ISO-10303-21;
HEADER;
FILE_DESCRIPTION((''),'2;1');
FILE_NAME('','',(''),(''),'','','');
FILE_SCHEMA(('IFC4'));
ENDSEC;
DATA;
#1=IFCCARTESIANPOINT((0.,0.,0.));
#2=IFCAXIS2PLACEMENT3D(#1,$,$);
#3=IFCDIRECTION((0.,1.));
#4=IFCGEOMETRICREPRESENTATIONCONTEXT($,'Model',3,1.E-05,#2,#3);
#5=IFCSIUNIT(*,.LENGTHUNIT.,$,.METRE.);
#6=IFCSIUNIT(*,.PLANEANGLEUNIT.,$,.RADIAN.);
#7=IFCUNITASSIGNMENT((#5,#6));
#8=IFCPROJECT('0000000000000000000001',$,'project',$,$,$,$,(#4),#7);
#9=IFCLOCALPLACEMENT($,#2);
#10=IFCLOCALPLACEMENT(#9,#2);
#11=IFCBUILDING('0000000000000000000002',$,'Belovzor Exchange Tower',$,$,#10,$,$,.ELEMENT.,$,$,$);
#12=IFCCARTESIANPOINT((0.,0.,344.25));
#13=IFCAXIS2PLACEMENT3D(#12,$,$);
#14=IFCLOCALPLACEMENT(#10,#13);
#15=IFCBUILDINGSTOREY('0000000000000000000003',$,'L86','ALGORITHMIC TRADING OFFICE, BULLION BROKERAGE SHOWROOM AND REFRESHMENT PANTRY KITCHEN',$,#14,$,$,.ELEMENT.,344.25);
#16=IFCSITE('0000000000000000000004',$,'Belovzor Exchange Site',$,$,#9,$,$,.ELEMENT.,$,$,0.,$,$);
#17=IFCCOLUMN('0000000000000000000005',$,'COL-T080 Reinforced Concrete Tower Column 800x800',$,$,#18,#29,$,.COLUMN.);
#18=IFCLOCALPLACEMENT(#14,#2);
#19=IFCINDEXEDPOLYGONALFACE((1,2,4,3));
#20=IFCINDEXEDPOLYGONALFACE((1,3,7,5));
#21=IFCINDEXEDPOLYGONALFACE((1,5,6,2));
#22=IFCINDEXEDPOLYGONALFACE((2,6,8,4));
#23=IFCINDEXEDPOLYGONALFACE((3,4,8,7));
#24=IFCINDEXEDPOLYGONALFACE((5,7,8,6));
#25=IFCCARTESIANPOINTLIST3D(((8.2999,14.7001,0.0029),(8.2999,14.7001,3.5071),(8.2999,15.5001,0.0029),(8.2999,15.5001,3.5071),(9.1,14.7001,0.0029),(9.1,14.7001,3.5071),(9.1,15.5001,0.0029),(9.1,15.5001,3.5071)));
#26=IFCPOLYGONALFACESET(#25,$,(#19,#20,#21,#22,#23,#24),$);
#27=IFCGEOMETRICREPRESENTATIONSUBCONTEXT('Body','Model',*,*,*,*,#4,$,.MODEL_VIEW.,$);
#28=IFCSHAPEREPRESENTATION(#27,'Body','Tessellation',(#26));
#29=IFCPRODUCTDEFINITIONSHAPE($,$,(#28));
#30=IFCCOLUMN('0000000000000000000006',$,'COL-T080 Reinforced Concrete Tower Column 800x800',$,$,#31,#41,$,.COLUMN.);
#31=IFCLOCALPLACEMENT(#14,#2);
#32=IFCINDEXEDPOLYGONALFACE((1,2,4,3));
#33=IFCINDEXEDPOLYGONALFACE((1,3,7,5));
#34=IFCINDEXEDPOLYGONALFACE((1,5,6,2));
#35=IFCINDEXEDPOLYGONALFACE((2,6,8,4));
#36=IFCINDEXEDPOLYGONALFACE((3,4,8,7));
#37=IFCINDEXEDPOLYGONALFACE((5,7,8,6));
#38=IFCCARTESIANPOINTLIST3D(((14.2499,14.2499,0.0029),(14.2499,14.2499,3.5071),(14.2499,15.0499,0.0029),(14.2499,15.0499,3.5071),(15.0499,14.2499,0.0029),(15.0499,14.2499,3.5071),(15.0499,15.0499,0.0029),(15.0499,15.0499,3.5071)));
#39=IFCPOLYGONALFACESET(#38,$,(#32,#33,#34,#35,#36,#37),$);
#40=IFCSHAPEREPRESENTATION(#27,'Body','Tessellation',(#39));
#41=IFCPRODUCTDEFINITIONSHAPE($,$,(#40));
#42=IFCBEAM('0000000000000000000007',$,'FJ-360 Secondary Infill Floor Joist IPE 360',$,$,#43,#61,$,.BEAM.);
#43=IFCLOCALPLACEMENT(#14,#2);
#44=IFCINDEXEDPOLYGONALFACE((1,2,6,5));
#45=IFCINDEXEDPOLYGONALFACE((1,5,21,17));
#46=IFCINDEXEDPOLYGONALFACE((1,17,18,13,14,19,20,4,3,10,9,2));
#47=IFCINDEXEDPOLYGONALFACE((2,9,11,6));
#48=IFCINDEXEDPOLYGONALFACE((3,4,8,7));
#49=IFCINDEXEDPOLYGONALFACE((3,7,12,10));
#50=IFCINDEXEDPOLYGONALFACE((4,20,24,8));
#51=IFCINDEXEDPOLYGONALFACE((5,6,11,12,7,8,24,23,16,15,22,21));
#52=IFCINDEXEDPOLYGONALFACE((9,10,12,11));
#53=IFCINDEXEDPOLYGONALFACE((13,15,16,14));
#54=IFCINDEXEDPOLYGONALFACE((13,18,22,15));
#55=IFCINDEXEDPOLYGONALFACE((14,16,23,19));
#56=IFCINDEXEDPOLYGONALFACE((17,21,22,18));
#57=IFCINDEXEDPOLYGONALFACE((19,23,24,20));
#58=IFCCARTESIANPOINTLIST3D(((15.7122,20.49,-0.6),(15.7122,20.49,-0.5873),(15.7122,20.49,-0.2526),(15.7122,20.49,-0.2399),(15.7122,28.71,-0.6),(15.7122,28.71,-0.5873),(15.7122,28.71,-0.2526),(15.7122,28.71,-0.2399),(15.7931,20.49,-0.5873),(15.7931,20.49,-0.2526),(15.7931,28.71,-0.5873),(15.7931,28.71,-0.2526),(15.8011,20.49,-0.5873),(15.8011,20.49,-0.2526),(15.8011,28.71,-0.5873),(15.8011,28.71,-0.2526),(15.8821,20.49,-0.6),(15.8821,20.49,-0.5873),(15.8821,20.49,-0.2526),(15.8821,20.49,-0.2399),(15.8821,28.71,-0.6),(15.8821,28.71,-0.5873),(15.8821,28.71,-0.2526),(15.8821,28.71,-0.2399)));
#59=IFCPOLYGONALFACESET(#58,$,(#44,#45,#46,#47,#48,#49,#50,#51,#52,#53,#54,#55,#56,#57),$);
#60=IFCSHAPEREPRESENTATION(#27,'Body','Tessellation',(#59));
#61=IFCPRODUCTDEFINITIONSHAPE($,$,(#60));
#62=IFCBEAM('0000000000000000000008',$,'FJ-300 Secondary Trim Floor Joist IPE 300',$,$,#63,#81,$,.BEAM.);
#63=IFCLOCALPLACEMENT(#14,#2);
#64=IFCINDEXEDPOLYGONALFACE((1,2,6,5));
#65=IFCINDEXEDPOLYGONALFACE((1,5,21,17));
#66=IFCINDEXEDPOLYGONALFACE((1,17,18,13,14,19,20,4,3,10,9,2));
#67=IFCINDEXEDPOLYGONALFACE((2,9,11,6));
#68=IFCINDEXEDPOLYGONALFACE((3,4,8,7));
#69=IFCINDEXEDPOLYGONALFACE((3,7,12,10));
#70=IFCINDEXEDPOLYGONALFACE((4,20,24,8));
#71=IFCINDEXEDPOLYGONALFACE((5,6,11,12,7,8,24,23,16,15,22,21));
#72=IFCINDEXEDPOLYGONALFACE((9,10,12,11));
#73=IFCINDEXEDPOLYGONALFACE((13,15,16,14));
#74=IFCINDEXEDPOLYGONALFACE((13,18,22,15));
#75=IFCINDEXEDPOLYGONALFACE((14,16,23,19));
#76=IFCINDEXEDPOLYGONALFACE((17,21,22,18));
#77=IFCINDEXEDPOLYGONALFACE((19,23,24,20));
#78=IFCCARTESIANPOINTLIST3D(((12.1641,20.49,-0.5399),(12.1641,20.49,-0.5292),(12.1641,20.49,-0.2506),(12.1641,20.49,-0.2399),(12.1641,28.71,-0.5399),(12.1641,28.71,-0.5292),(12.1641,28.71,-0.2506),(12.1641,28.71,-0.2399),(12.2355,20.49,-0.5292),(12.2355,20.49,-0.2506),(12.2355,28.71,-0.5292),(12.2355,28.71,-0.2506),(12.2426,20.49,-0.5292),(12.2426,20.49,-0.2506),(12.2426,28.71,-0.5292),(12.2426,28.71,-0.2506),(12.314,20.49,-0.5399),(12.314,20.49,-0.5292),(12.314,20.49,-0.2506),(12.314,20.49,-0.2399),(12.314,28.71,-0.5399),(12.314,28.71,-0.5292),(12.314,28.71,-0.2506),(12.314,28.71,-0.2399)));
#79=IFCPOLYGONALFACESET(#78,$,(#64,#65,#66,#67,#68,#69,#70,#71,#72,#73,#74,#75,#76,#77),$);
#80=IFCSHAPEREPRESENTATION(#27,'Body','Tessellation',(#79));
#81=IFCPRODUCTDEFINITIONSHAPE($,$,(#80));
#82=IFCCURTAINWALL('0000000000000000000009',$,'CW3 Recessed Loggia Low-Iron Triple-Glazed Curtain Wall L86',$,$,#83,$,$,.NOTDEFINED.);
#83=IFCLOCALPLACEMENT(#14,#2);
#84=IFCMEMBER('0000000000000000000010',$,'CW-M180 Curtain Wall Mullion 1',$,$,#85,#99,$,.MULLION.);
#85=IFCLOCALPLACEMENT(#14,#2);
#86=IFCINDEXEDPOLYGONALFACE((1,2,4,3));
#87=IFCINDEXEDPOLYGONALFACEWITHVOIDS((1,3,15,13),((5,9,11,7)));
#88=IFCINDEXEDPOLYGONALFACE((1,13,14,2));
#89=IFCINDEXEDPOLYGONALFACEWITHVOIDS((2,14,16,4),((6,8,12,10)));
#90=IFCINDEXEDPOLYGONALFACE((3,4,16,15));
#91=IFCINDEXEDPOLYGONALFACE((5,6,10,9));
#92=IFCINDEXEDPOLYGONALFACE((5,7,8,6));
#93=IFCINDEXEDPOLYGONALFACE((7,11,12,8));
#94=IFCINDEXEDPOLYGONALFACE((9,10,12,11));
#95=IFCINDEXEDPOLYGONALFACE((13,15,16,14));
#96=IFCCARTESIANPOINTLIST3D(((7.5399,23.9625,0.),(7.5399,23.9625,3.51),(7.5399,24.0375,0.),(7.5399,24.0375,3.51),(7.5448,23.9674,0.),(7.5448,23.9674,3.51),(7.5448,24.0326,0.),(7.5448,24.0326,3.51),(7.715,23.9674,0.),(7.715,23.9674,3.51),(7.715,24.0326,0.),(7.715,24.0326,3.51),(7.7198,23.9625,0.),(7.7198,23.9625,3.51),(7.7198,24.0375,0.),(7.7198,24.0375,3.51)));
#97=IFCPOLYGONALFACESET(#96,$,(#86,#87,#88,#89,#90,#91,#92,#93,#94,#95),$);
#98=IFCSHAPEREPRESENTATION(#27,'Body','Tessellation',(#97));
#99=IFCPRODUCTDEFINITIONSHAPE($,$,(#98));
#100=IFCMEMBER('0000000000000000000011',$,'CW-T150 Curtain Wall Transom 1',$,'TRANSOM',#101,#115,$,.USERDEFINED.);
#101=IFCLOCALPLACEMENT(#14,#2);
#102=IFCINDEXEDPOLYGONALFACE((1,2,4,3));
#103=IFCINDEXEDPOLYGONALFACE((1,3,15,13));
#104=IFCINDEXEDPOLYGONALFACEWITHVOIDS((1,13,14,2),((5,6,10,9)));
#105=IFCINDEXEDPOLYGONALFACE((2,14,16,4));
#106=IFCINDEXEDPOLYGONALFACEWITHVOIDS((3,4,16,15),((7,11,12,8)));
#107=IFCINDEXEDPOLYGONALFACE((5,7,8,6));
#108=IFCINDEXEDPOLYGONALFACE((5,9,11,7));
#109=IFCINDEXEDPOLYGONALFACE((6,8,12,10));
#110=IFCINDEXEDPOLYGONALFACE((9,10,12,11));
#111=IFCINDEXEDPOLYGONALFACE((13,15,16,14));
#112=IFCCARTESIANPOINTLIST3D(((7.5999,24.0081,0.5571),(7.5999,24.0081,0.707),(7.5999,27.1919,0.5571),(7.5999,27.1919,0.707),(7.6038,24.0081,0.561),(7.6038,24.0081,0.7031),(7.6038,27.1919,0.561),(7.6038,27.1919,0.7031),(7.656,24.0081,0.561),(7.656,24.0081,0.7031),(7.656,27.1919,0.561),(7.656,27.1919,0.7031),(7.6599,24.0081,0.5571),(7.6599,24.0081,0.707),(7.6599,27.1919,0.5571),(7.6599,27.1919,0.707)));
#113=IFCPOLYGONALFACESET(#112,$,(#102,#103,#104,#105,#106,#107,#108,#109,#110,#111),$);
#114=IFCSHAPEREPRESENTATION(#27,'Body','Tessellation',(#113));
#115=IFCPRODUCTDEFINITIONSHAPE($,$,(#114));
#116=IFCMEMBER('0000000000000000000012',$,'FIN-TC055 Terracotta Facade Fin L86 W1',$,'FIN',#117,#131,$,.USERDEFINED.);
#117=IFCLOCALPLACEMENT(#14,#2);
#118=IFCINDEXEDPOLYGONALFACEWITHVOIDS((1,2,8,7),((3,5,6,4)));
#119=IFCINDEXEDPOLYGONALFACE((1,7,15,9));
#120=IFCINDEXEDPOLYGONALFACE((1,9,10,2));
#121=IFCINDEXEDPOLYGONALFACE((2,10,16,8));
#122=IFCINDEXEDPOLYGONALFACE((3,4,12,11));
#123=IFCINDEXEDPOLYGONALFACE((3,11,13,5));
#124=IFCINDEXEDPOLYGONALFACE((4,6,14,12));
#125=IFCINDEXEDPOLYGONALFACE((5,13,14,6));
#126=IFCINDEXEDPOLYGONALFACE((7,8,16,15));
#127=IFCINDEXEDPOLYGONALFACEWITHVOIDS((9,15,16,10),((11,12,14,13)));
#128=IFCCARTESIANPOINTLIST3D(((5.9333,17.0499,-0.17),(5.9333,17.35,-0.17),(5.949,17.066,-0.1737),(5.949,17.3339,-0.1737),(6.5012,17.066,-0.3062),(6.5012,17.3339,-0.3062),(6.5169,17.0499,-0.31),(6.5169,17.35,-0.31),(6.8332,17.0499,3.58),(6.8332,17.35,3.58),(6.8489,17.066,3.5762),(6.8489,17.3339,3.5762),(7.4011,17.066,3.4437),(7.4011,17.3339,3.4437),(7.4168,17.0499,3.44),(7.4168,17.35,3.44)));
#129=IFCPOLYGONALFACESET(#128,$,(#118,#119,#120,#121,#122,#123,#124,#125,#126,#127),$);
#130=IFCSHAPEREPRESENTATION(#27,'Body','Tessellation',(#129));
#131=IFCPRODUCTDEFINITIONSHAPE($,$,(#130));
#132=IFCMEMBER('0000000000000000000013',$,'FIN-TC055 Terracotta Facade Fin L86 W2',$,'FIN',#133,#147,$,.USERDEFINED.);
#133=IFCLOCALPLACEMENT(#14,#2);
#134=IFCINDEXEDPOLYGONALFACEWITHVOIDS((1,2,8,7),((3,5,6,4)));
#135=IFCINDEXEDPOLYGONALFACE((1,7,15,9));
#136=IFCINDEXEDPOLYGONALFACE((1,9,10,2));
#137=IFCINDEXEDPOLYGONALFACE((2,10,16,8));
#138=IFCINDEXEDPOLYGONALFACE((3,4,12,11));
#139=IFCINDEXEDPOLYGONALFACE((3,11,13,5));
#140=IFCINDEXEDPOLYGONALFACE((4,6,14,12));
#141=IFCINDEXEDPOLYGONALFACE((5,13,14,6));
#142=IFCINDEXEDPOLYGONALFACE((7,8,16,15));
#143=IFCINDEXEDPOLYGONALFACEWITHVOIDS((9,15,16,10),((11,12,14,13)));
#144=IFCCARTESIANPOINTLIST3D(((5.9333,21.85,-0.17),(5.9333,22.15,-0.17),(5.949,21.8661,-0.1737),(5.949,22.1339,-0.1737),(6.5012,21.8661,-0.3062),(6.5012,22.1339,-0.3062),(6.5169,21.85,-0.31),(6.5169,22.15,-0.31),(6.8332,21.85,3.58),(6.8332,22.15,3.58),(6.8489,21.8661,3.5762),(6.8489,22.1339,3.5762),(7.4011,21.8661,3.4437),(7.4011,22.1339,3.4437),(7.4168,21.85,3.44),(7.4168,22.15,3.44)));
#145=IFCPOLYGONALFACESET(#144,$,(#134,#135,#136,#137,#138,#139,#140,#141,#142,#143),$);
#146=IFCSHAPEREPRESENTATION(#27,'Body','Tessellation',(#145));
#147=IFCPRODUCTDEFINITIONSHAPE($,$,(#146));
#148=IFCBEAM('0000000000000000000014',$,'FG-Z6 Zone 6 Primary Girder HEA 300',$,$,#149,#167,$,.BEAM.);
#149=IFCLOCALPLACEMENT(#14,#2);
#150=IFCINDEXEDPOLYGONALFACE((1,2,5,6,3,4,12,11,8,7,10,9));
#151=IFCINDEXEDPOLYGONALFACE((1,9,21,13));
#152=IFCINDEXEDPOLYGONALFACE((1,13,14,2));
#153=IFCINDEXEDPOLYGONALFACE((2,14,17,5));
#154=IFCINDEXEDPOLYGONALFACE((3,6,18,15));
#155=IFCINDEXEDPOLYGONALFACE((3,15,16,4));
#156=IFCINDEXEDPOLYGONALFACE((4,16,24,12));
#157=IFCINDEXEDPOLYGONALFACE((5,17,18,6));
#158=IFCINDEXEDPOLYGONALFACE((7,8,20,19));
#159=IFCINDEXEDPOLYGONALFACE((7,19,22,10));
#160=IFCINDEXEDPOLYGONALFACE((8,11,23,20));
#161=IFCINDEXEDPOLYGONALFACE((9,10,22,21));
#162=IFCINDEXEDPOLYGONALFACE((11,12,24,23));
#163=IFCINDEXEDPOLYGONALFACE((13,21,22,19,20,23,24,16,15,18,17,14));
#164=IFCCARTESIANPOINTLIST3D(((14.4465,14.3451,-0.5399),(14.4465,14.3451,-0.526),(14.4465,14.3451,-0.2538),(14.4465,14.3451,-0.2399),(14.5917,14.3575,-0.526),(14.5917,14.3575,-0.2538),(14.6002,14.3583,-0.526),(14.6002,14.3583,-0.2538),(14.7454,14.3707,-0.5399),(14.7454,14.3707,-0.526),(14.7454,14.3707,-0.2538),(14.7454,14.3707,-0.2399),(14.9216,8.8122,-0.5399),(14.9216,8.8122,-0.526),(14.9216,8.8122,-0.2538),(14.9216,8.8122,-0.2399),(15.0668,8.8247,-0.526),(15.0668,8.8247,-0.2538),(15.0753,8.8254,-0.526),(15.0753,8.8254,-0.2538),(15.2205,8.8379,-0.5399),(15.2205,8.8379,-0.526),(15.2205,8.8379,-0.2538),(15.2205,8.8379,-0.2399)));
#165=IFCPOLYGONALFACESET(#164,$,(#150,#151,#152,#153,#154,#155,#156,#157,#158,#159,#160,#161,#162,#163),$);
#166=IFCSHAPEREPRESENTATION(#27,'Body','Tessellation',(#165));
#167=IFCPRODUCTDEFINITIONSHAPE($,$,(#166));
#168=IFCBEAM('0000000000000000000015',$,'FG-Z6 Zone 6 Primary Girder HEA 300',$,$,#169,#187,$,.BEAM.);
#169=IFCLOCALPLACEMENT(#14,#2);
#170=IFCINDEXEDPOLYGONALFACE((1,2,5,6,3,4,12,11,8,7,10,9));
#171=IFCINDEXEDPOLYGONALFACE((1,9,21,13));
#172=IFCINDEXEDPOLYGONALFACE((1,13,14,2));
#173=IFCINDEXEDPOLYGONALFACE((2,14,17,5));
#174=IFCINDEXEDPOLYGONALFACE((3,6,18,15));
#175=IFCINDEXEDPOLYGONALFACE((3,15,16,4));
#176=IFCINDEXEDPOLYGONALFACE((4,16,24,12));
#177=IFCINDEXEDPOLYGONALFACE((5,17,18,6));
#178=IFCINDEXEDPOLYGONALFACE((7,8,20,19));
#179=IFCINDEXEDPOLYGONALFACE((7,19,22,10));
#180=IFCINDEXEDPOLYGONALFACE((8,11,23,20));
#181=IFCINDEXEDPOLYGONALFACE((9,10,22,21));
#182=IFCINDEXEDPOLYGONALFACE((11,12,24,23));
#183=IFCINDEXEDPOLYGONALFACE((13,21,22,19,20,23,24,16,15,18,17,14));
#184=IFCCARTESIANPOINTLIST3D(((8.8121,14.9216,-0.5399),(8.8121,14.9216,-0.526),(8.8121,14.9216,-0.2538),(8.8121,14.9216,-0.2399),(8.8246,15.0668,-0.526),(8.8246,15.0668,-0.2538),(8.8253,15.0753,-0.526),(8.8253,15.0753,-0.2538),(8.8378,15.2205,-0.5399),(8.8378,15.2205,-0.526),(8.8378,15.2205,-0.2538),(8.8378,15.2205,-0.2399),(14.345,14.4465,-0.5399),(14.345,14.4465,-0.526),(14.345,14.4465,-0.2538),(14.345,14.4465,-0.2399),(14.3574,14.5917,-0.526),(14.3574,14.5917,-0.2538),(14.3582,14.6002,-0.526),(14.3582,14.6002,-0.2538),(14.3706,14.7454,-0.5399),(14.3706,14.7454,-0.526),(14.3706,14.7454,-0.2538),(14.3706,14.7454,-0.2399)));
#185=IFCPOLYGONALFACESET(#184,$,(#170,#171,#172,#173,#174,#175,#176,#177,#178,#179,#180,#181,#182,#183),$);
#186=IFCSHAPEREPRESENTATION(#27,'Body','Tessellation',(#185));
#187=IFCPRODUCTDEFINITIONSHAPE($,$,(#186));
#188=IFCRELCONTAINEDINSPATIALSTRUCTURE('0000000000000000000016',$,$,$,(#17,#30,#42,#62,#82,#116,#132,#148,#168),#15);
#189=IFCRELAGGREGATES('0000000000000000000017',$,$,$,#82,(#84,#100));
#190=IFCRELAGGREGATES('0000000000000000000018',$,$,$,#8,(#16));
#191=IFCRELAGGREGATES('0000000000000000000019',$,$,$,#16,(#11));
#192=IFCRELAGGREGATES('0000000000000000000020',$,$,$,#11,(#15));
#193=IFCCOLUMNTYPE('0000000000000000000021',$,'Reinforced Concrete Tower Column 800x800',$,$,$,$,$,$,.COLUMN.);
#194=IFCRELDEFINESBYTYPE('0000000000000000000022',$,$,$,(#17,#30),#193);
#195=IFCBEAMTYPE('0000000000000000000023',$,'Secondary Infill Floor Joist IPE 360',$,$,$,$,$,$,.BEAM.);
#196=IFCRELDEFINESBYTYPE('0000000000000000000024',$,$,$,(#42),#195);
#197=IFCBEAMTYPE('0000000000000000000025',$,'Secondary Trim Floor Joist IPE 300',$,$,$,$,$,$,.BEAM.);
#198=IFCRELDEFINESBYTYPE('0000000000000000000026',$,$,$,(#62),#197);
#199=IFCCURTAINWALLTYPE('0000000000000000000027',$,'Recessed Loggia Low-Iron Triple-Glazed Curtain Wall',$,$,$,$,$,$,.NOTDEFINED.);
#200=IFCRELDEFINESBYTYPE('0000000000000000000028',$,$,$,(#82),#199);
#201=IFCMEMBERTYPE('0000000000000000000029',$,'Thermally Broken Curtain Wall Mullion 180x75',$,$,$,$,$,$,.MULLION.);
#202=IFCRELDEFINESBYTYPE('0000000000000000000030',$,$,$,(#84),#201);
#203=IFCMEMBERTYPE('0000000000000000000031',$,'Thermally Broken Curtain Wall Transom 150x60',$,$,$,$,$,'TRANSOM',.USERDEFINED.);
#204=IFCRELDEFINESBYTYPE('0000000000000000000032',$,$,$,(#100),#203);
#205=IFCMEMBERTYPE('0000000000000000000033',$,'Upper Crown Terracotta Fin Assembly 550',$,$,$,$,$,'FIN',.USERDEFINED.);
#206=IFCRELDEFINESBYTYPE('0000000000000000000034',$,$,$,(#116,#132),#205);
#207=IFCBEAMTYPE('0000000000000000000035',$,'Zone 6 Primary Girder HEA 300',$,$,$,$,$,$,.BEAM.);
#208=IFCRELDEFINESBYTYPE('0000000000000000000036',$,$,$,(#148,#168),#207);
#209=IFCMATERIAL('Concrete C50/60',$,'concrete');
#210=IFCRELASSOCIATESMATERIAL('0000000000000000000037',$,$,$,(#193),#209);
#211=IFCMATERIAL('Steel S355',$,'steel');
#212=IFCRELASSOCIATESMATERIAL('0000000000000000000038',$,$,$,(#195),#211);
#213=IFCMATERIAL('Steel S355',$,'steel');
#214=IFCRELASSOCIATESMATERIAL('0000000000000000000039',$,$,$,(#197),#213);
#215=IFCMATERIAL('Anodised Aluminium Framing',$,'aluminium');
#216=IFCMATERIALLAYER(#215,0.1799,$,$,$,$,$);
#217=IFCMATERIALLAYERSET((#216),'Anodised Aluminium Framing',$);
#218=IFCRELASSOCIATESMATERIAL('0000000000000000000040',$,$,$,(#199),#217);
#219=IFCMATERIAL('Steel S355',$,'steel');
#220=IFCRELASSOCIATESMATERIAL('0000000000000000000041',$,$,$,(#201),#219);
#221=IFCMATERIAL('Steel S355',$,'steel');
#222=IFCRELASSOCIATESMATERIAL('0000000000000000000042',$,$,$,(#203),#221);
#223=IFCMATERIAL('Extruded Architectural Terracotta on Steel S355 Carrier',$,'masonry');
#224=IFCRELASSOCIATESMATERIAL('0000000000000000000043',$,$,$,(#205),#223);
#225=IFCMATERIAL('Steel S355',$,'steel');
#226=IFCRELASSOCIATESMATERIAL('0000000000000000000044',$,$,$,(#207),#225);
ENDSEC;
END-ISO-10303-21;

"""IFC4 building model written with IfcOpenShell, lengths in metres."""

from ifc_helpers import new_model, si_unit, direction, frame, origin, origin_2d, place, context, subcontext, project, spatial, rectangle, hollow_rectangle, i_section, extrude, material, layer, layer_set, material_profile, profile_set, type_object, element, aggregate, save


model = new_model("IFC4")

# Units and contexts
model_context = context("Model", 3, precision=1e-05, world=origin(), true_north=direction((0.0, 1.0)))
body_context = subcontext(model_context, "Body", "Model", "MODEL_VIEW")
ifc_project = project(units=[si_unit("LENGTHUNIT", "METRE"), si_unit("PLANEANGLEUNIT", "RADIAN")], contexts=[model_context])

# Site, building, storey
site_placement = place(None, origin())
site = spatial("IfcSite", under=ifc_project, at=site_placement, Name="Belovzor Exchange Site", CompositionType="ELEMENT", RefElevation=0.0)
building_placement = place(site_placement, origin())
building = spatial("IfcBuilding", under=site, at=building_placement, Name="Belovzor Exchange Tower", CompositionType="ELEMENT")
storey_placement = place(building_placement, frame((0.0, 0.0, 344.25)))
storey = spatial("IfcBuildingStorey", under=building, at=storey_placement, Name="L86", Description="ALGORITHMIC TRADING OFFICE, BULLION BROKERAGE SHOWROOM AND REFRESHMENT PANTRY KITCHEN", CompositionType="ELEMENT", Elevation=344.25)

# Columns
ifc_material_1 = material(Name="Concrete C50/60", Category="concrete")
ifc_material_profile_1 = material_profile(ifc_material_1, rectangle(XDim=0.8, YDim=0.8, at=origin_2d()))
ifc_profile_set_1 = profile_set([ifc_material_profile_1], Name="Concrete C50/60")
column_type = type_object("IfcColumnType", Name="Reinforced Concrete Tower Column 800x800", PredefinedType="COLUMN", material=ifc_profile_set_1)
for number, where, z_axis, x_axis, name in (
    (1, (8.7, 15.1001, 0.0029), (0.0, 0.0, 1.0), (1.0, 0.0, 0.0), "COL-T080 Reinforced Concrete Tower Column 800x800"),
    (2, (14.6499, 14.6499, 0.0029), (0.0, 0.0, 1.0), (1.0, 0.0, 0.0), "COL-T080 Reinforced Concrete Tower Column 800x800"),
):
    element("IfcColumn", number, at=place(storey_placement, frame(where, z_axis=z_axis, x_axis=x_axis)), inside=storey, type_object=column_type, Name=name, PredefinedType="COLUMN", context=body_context, shape_type="SweptSolid", body=[
        extrude(rectangle(XDim=0.8, YDim=0.8, at=origin_2d()), origin(), (0.0, 0.0, 1.0), 3.5042),
    ])

# Beams
ifc_material_2 = material(Name="Steel S355", Category="steel")
ifc_material_profile_2 = material_profile(ifc_material_2, i_section(OverallWidth=0.1699, OverallDepth=0.3601, WebThickness=0.0081, FlangeThickness=0.0127, at=origin_2d()))
ifc_profile_set_2 = profile_set([ifc_material_profile_2], Name="Steel S355")
beam_type_1 = type_object("IfcBeamType", Name="Secondary Infill Floor Joist IPE 360", PredefinedType="BEAM", material=ifc_profile_set_2)
beam_1_placement = place(storey_placement, frame((15.7971, 20.49, -0.4199), z_axis=(0.0, 1.0, 0.0), x_axis=(-1.0, 0.0, 0.0)))
element("IfcBeam", 3, at=beam_1_placement, inside=storey, type_object=beam_type_1, Name="FJ-360 Secondary Infill Floor Joist IPE 360", PredefinedType="BEAM", context=body_context, shape_type="SweptSolid", body=[
    extrude(i_section(OverallWidth=0.1699, OverallDepth=0.3601, WebThickness=0.0081, FlangeThickness=0.0127, at=origin_2d()), origin(), (0.0, 0.0, 1.0), 8.22),
])
ifc_material_3 = material(Name="Steel S355", Category="steel")
ifc_material_profile_3 = material_profile(ifc_material_3, i_section(OverallWidth=0.1499, OverallDepth=0.3, WebThickness=0.0071, FlangeThickness=0.0107, at=origin_2d()))
ifc_profile_set_3 = profile_set([ifc_material_profile_3], Name="Steel S355")
beam_type_2 = type_object("IfcBeamType", Name="Secondary Trim Floor Joist IPE 300", PredefinedType="BEAM", material=ifc_profile_set_3)
beam_2_placement = place(storey_placement, frame((12.239, 20.49, -0.3899), z_axis=(0.0, 1.0, 0.0), x_axis=(-1.0, 0.0, 0.0)))
element("IfcBeam", 4, at=beam_2_placement, inside=storey, type_object=beam_type_2, Name="FJ-300 Secondary Trim Floor Joist IPE 300", PredefinedType="BEAM", context=body_context, shape_type="SweptSolid", body=[
    extrude(i_section(OverallWidth=0.1499, OverallDepth=0.3, WebThickness=0.0071, FlangeThickness=0.0107, at=origin_2d()), origin(), (0.0, 0.0, 1.0), 8.22),
])

# Curtain wall, members
ifc_material_4 = material(Name="Anodised Aluminium Framing", Category="aluminium")
ifc_layer_1 = layer(ifc_material_4, 0.1799)
ifc_layer_set_1 = layer_set([ifc_layer_1], Name="Anodised Aluminium Framing")
curtain_wall_type = type_object("IfcCurtainWallType", Name="Recessed Loggia Low-Iron Triple-Glazed Curtain Wall", PredefinedType="NOTDEFINED", material=ifc_layer_set_1)
curtain_wall_placement = place(storey_placement, origin())
curtain_wall = element("IfcCurtainWall", 5, at=curtain_wall_placement, inside=storey, type_object=curtain_wall_type, Name="CW3 Recessed Loggia Low-Iron Triple-Glazed Curtain Wall L86", PredefinedType="NOTDEFINED")
ifc_material_5 = material(Name="Steel S355", Category="steel")
ifc_material_profile_4 = material_profile(ifc_material_5, hollow_rectangle(XDim=0.075, YDim=0.1799, WallThickness=0.0049, at=origin_2d()))
ifc_profile_set_4 = profile_set([ifc_material_profile_4], Name="Steel S355")
member_type_1 = type_object("IfcMemberType", Name="Thermally Broken Curtain Wall Mullion 180x75", PredefinedType="MULLION", material=ifc_profile_set_4)
member_1_placement = place(storey_placement, frame((7.6299, 24.0, 0.0), z_axis=(0.0, 0.0, 1.0), x_axis=(0.0, 1.0, 0.0)))
member_1 = element("IfcMember", 6, at=member_1_placement, type_object=member_type_1, Name="CW-M180 Curtain Wall Mullion 1", PredefinedType="MULLION", context=body_context, shape_type="SweptSolid", body=[
    extrude(hollow_rectangle(XDim=0.075, YDim=0.1799, WallThickness=0.0049, at=origin_2d()), origin(), (0.0, 0.0, 1.0), 3.51),
])
ifc_material_6 = material(Name="Steel S355", Category="steel")
ifc_material_profile_5 = material_profile(ifc_material_6, hollow_rectangle(XDim=0.0601, YDim=0.1499, WallThickness=0.0039, at=origin_2d()))
ifc_profile_set_5 = profile_set([ifc_material_profile_5], Name="Steel S355")
member_type_2 = type_object("IfcMemberType", Name="Thermally Broken Curtain Wall Transom 150x60", ElementType="TRANSOM", PredefinedType="USERDEFINED", material=ifc_profile_set_5)
member_2_placement = place(storey_placement, frame((7.6299, 24.0081, 0.6321), z_axis=(0.0, 1.0, 0.0), x_axis=(-1.0, 0.0, 0.0)))
member_2 = element("IfcMember", 7, at=member_2_placement, type_object=member_type_2, Name="CW-T150 Curtain Wall Transom 1", ObjectType="TRANSOM", PredefinedType="USERDEFINED", context=body_context, shape_type="SweptSolid", body=[
    extrude(hollow_rectangle(XDim=0.0601, YDim=0.1499, WallThickness=0.0039, at=origin_2d()), origin(), (0.0, 0.0, 1.0), 3.1838),
])

# Members
ifc_material_7 = material(Name="Extruded Architectural Terracotta on Steel S355 Carrier", Category="masonry")
ifc_material_profile_6 = material_profile(ifc_material_7, hollow_rectangle(XDim=0.3, YDim=0.6001, WallThickness=0.0161, at=origin_2d()))
ifc_profile_set_6 = profile_set([ifc_material_profile_6], Name="Extruded Architectural Terracotta on Steel S355 Carrier")
member_type_3 = type_object("IfcMemberType", Name="Upper Crown Terracotta Fin Assembly 550", ElementType="FIN", PredefinedType="USERDEFINED", material=ifc_profile_set_6)
for number, where, z_axis, x_axis, name in (
    (8, (6.2251, 17.2, -0.24), (0.233349, 0.0, 0.972393), (0.0, 1.0, 0.0), "FIN-TC055 Terracotta Facade Fin L86 W1"),
    (9, (6.2251, 22.0, -0.24), (0.233349, 0.0, 0.972393), (0.0, 1.0, 0.0), "FIN-TC055 Terracotta Facade Fin L86 W2"),
):
    element("IfcMember", number, at=place(storey_placement, frame(where, z_axis=z_axis, x_axis=x_axis)), inside=storey, type_object=member_type_3, Name=name, ObjectType="FIN", PredefinedType="USERDEFINED", context=body_context, shape_type="SweptSolid", body=[
        extrude(hollow_rectangle(XDim=0.3, YDim=0.6001, WallThickness=0.0161, at=origin_2d()), origin(), (0.0, 0.0, 1.0), 3.8564),
    ])

# Beams
ifc_material_8 = material(Name="Steel S355", Category="steel")
ifc_material_profile_7 = material_profile(ifc_material_8, i_section(OverallWidth=0.3, OverallDepth=0.3, WebThickness=0.0085, FlangeThickness=0.0139, at=origin_2d()))
ifc_profile_set_7 = profile_set([ifc_material_profile_7], Name="Steel S355")
beam_type_3 = type_object("IfcBeamType", Name="Zone 6 Primary Girder HEA 300", PredefinedType="BEAM", material=ifc_profile_set_7)
for number, where, z_axis, x_axis, name in (
    (10, (14.5959, 14.3579, -0.3899), (0.085552, -0.996334, 0.0), (0.996334, 0.085552, 0.0), "FG-Z6 Zone 6 Primary Girder HEA 300"),
    (11, (8.825, 15.071, -0.3899), (0.996334, -0.085552, 0.0), (0.085552, 0.996334, 0.0), "FG-Z6 Zone 6 Primary Girder HEA 300"),
):
    element("IfcBeam", number, at=place(storey_placement, frame(where, z_axis=z_axis, x_axis=x_axis)), inside=storey, type_object=beam_type_3, Name=name, PredefinedType="BEAM", context=body_context, shape_type="SweptSolid", body=[
        extrude(i_section(OverallWidth=0.3, OverallDepth=0.3, WebThickness=0.0085, FlangeThickness=0.0139, at=origin_2d()), origin(), (0.0, 0.0, 1.0), 5.5532),
    ])

aggregate(curtain_wall, [member_1, member_2])

save(model, "model.ifc")
